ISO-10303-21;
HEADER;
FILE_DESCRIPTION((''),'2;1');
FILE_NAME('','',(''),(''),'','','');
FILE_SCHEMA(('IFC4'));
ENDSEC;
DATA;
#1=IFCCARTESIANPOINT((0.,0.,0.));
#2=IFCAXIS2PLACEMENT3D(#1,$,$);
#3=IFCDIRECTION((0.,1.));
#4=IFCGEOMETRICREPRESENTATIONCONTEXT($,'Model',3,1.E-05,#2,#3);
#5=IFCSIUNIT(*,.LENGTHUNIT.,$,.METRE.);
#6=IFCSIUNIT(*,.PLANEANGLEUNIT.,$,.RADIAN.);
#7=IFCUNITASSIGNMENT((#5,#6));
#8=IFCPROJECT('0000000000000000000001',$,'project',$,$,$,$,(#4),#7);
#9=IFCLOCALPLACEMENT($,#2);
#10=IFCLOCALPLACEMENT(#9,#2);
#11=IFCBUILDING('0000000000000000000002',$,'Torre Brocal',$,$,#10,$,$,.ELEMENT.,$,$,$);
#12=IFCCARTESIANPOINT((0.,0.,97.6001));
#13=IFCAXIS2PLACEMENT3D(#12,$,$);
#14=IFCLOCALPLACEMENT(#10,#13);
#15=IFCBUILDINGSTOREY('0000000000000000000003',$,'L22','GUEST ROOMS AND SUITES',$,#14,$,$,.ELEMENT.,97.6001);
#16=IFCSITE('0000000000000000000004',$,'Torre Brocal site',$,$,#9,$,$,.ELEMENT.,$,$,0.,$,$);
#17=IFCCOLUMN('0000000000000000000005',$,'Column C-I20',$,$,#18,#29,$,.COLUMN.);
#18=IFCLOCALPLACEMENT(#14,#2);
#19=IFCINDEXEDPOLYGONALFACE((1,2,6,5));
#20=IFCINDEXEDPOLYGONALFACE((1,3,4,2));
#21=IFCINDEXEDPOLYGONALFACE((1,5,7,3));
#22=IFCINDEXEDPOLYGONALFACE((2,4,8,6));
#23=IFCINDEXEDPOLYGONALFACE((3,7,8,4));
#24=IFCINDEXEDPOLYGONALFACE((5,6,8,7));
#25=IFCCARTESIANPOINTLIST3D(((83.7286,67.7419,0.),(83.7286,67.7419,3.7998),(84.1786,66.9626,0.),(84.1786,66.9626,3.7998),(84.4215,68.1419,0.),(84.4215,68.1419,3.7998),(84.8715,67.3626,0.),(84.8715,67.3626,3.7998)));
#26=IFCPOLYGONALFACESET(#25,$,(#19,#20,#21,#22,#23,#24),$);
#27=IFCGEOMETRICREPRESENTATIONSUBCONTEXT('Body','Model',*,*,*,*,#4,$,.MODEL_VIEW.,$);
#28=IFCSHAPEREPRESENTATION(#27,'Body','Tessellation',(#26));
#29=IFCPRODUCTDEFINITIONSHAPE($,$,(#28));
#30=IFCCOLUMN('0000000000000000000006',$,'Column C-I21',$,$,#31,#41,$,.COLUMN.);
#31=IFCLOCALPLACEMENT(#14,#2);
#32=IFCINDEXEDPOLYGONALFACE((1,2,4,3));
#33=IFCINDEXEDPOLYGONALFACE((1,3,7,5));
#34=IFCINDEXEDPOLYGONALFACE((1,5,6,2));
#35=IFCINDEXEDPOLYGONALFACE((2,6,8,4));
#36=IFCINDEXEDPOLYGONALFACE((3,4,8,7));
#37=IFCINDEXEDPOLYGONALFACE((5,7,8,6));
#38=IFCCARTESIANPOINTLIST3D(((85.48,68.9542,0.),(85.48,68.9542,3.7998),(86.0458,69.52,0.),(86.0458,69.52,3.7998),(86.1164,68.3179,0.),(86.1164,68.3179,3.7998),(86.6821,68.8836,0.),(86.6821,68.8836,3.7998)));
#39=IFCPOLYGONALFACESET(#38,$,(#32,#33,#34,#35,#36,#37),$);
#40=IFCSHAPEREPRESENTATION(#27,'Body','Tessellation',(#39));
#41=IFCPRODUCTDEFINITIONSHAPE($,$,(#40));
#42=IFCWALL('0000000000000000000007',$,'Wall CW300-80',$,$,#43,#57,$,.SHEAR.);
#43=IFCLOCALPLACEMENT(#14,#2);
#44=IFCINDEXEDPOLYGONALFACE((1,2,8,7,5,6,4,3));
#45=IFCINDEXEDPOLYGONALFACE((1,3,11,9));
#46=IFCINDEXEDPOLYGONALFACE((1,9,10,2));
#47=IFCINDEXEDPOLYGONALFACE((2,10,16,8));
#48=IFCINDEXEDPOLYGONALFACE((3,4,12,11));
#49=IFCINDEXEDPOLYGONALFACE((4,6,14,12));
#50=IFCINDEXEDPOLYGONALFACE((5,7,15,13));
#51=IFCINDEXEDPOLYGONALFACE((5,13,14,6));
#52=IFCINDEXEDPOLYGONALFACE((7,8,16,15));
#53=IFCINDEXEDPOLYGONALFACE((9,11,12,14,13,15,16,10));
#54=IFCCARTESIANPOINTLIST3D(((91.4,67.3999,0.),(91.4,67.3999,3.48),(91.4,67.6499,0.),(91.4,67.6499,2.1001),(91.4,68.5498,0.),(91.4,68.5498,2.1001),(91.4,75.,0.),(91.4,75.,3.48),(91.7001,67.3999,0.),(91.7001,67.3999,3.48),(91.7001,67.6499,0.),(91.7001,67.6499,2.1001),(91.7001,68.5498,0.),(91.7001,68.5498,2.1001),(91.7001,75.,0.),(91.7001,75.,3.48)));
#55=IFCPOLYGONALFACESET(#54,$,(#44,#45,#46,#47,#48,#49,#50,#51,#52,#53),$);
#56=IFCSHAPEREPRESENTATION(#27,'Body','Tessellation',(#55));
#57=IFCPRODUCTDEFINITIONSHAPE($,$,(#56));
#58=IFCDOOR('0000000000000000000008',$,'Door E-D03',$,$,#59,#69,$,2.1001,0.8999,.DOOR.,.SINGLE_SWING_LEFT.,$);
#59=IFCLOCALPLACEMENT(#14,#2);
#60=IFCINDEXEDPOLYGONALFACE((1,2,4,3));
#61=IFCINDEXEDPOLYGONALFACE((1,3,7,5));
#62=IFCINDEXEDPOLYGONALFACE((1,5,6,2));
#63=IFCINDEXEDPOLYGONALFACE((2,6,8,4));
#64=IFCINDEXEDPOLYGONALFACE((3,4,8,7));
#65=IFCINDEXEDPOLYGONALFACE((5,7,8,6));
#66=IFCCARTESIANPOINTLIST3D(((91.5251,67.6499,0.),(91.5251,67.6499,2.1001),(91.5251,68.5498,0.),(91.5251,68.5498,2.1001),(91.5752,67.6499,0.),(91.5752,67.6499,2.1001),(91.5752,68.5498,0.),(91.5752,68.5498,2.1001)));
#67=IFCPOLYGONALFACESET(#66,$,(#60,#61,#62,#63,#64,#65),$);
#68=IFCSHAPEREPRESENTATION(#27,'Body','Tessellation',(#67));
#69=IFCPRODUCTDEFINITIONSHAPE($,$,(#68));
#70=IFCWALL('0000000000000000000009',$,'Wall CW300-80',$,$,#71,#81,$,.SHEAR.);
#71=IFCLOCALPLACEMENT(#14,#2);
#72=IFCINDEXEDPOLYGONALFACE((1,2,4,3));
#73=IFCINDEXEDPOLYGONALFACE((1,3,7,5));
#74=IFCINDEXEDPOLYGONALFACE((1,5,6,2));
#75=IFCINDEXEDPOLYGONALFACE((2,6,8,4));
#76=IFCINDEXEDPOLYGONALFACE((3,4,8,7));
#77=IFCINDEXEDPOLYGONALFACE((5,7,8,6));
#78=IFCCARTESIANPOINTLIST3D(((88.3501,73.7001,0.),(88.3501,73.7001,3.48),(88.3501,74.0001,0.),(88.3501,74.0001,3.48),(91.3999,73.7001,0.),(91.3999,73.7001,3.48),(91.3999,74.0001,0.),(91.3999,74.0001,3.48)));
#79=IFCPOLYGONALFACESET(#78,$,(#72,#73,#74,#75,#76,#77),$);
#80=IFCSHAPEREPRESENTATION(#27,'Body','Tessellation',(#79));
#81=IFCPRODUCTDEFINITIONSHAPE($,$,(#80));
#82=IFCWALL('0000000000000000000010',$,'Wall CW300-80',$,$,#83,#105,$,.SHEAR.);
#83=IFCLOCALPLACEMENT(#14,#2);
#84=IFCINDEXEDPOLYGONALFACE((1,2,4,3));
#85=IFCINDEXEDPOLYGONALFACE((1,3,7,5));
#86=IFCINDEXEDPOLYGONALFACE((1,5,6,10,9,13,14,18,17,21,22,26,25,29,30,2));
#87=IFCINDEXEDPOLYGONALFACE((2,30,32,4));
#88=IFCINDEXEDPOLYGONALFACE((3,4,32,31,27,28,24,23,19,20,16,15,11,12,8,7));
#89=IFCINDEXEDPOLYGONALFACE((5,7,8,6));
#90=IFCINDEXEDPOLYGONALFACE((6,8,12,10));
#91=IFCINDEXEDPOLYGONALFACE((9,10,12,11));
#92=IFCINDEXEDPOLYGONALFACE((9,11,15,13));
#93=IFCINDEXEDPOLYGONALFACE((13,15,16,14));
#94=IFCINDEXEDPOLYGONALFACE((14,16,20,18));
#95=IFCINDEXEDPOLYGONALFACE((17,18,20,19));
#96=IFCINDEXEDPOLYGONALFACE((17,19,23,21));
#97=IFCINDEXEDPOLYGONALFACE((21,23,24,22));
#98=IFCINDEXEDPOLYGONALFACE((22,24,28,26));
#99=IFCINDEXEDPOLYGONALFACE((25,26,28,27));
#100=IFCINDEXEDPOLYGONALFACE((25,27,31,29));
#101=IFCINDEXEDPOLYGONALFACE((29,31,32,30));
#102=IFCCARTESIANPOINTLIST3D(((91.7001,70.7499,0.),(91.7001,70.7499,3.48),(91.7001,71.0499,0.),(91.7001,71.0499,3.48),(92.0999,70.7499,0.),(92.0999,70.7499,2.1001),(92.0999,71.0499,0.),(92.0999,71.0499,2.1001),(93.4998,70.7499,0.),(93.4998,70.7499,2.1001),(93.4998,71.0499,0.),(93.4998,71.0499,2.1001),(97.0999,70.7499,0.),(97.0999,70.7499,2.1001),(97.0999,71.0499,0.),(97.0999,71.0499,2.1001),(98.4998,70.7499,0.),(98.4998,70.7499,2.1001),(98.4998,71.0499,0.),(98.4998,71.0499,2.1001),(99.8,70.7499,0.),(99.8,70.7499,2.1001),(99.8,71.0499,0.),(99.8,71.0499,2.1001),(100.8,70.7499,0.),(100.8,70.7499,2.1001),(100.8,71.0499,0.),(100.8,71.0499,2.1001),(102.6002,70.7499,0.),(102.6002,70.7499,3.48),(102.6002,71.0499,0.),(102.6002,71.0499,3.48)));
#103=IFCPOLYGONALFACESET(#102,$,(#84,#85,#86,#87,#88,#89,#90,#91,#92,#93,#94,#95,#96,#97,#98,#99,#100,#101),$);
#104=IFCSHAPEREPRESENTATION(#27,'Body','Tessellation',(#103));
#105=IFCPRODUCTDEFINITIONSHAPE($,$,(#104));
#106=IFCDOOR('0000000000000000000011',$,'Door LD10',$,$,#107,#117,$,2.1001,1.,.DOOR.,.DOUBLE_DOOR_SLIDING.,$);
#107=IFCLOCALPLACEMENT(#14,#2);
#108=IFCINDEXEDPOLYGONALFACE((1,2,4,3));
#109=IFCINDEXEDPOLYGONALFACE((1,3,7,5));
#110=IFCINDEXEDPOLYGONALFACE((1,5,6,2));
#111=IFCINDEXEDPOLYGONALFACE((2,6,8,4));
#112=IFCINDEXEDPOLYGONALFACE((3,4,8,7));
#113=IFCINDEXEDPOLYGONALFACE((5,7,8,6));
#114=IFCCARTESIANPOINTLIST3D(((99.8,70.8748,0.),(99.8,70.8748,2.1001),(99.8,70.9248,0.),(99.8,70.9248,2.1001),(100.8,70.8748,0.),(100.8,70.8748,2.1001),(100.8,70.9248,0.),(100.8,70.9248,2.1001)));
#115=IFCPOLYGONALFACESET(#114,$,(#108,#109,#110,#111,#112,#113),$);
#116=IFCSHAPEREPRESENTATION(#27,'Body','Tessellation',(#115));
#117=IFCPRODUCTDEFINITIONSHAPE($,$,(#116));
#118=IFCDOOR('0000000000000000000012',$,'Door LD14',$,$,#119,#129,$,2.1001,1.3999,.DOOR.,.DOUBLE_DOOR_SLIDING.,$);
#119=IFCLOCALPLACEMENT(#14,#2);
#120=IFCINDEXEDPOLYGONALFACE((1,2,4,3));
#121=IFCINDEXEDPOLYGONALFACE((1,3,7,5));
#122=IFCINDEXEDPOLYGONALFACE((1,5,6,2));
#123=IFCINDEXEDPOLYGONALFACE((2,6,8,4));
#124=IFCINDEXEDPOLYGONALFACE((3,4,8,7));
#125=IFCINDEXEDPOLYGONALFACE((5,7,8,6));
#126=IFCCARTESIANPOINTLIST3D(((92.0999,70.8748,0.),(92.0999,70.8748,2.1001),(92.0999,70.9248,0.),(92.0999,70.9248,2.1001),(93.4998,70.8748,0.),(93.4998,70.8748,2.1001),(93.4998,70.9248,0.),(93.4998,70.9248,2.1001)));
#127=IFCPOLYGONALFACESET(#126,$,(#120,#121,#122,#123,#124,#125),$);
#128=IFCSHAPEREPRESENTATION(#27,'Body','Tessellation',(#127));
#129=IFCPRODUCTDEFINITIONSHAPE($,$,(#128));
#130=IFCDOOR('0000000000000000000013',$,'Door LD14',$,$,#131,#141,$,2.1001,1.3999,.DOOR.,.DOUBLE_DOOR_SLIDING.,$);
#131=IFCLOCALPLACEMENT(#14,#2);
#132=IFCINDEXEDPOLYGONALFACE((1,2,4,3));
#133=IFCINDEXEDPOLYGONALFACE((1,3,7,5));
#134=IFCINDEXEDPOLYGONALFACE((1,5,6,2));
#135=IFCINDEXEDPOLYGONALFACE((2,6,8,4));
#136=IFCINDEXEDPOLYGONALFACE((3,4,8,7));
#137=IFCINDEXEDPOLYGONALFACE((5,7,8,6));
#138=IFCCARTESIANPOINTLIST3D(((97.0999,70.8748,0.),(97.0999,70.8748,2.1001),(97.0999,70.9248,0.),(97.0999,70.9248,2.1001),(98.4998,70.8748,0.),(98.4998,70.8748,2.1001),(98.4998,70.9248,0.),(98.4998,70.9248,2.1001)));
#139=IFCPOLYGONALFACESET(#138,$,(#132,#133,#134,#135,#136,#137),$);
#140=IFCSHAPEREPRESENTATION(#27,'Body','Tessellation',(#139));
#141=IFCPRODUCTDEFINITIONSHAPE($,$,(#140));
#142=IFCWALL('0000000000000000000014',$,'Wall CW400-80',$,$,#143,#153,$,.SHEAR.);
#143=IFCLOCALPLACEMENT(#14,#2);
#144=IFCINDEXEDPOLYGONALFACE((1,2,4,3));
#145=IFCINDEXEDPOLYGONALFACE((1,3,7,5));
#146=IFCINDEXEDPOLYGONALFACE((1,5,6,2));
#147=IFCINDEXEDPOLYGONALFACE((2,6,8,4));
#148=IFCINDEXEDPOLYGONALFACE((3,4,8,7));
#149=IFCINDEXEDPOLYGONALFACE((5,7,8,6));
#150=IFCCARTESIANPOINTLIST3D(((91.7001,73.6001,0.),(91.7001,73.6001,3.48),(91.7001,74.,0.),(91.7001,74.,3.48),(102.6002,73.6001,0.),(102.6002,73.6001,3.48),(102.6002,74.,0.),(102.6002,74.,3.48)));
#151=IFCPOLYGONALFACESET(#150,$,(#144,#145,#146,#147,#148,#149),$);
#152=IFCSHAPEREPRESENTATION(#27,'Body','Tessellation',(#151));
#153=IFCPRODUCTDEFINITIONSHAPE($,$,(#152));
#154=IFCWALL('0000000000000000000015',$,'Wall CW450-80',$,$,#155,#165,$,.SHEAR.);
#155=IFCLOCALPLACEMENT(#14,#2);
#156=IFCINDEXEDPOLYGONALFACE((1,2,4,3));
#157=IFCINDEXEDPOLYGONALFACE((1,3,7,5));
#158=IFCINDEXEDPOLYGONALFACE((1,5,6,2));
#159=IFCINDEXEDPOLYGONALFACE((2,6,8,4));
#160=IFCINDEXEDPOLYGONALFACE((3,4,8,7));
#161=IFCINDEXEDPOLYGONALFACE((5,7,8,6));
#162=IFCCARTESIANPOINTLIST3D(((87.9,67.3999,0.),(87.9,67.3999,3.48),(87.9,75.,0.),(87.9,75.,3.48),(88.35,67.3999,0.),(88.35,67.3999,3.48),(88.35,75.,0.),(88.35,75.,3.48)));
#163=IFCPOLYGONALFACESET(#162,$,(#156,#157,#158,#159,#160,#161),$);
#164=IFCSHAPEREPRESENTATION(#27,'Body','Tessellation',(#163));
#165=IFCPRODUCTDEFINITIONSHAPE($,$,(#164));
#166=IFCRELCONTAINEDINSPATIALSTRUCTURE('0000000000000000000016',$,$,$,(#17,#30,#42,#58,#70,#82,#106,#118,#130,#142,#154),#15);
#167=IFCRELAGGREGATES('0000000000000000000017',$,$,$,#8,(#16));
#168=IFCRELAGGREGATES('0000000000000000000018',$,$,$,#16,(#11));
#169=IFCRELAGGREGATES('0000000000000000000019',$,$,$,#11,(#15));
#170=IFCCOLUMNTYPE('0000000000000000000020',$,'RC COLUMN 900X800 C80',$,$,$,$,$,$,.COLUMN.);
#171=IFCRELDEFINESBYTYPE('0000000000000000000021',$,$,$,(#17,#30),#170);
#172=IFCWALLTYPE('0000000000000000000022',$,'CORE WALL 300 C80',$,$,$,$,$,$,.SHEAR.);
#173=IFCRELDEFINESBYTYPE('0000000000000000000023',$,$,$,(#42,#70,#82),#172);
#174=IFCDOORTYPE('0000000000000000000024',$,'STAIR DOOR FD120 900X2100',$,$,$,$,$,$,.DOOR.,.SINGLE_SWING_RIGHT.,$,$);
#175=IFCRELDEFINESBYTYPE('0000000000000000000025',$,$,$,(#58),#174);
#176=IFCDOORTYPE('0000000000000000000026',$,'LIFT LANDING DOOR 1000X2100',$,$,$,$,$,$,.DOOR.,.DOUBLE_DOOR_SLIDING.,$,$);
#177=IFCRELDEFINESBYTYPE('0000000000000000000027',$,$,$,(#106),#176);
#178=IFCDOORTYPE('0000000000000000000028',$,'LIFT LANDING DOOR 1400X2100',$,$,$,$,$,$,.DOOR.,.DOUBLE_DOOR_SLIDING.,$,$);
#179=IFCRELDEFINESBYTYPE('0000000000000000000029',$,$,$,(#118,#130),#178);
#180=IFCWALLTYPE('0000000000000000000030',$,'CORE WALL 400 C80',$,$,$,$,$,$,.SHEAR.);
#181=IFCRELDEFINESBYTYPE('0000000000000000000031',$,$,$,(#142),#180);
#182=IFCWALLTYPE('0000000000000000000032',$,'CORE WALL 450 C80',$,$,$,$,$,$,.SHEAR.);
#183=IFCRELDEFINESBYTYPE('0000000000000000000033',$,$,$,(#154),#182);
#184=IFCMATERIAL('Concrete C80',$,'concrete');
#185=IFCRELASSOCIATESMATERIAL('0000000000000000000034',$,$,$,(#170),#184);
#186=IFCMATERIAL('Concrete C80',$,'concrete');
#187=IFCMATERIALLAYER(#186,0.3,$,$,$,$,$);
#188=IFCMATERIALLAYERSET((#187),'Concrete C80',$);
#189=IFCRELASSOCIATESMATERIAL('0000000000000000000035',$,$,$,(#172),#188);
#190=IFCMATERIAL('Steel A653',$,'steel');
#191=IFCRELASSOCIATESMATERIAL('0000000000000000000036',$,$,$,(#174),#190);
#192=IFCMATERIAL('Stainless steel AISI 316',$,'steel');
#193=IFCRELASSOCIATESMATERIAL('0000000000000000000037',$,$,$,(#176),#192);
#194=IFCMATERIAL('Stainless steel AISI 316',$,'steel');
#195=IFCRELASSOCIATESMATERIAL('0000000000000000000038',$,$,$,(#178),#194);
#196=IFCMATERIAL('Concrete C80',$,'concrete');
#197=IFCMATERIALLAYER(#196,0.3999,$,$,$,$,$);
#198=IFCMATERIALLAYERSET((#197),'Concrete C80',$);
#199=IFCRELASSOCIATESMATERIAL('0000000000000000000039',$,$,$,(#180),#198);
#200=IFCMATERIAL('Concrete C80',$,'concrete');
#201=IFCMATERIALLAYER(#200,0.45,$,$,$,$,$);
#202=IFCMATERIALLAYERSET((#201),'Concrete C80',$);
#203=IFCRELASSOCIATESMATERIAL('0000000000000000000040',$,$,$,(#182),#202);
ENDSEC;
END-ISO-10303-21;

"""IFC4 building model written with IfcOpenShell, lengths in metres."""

from ifc_helpers import new_model, si_unit, direction, frame, frame_2d, origin, origin_2d, place, context, subcontext, project, spatial, rectangle, extrude, material, layer, layer_set, material_profile, profile_set, type_object, element, fill, save


model = new_model("IFC4")

# Units and contexts
model_context = context("Model", 3, precision=1e-05, world=origin(), true_north=direction((0.0, 1.0)))
body_context = subcontext(model_context, "Body", "Model", "MODEL_VIEW")
ifc_project = project(units=[si_unit("LENGTHUNIT", "METRE"), si_unit("PLANEANGLEUNIT", "RADIAN")], contexts=[model_context])

# Site, building, storey
site_placement = place(None, origin())
site = spatial("IfcSite", under=ifc_project, at=site_placement, Name="Torre Brocal site", CompositionType="ELEMENT", RefElevation=0.0)
building_placement = place(site_placement, origin())
building = spatial("IfcBuilding", under=site, at=building_placement, Name="Torre Brocal", CompositionType="ELEMENT")
storey_placement = place(building_placement, frame((0.0, 0.0, 97.6001)))
storey = spatial("IfcBuildingStorey", under=building, at=storey_placement, Name="L22", Description="GUEST ROOMS AND SUITES", CompositionType="ELEMENT", Elevation=97.6001)

# Columns
ifc_material_1 = material(Name="Concrete C80", Category="concrete")
ifc_material_profile = material_profile(ifc_material_1, rectangle(XDim=0.8999, YDim=0.8, at=origin_2d()), Name="RC 900X800")
ifc_profile_set = profile_set([ifc_material_profile], Name="Concrete C80")
column_type = type_object("IfcColumnType", Name="RC COLUMN 900X800 C80", PredefinedType="COLUMN", material=ifc_profile_set)
for number, where, z_axis, x_axis, name in (
    (1, (84.3, 67.5522, 0.0), (0.0, 0.0, 1.0), (0.5, -0.866025, 0.0), "Column C-I20"),
    (2, (86.0811, 68.9189, 0.0), (0.0, 0.0, 1.0), (0.707107, -0.707107, 0.0), "Column C-I21"),
):
    element("IfcColumn", number, at=place(storey_placement, frame(where, z_axis=z_axis, x_axis=x_axis)), inside=storey, type_object=column_type, Name=name, PredefinedType="COLUMN", context=body_context, shape_type="SweptSolid", body=[
        extrude(rectangle(XDim=0.8999, YDim=0.8, at=origin_2d()), origin(), (0.0, 0.0, 1.0), 3.7998),
    ])

# Wall, opening, door
ifc_material_2 = material(Name="Concrete C80", Category="concrete")
ifc_layer_1 = layer(ifc_material_2, 0.3)
ifc_layer_set_1 = layer_set([ifc_layer_1], Name="Concrete C80")
wall_type_1 = type_object("IfcWallType", Name="CORE WALL 300 C80", PredefinedType="SHEAR", material=ifc_layer_set_1)
wall_1_placement = place(storey_placement, frame((91.55, 67.3999, 0.0), z_axis=(0.0, 0.0, 1.0), x_axis=(0.0, 1.0, 0.0)))
wall_1 = element("IfcWall", 3, at=wall_1_placement, inside=storey, type_object=wall_type_1, Name="Wall CW300-80", PredefinedType="SHEAR", context=body_context, shape_type="SweptSolid", body=[
    extrude(rectangle(XDim=7.6001, YDim=0.3, at=frame_2d((3.8, 0.0))), origin(), (0.0, 0.0, 1.0), 3.48),
])
opening_1_placement = place(wall_1_placement, frame((0.25, 0.0, 0.0)))
opening_1 = element("IfcOpeningElement", 4, at=opening_1_placement, cuts=wall_1, PredefinedType="OPENING", context=body_context, shape_type="SweptSolid", body=[
    extrude(rectangle(XDim=0.8999, YDim=2.1001, at=frame_2d((0.45, 1.05))), frame((0.0, 0.1599, 0.0), z_axis=(0.0, -1.0, 0.0), x_axis=(1.0, 0.0, 0.0)), (0.0, 0.0, 1.0), 0.3201),
])
ifc_material_3 = material(Name="Steel A653", Category="steel")
door_type_1 = type_object("IfcDoorType", Name="STAIR DOOR FD120 900X2100", OperationType="SINGLE_SWING_RIGHT", PredefinedType="DOOR", material=ifc_material_3)
door_1_placement = place(opening_1_placement, origin())
door_1 = element("IfcDoor", 5, at=door_1_placement, inside=storey, type_object=door_type_1, Name="Door E-D03", OperationType="SINGLE_SWING_LEFT", OverallHeight=2.1001, OverallWidth=0.8999, PredefinedType="DOOR", context=body_context, shape_type="SweptSolid", body=[
    extrude(rectangle(XDim=0.8999, YDim=2.1001, at=frame_2d((0.45, 1.05))), frame((0.0, 0.0249, 0.0), z_axis=(0.0, -1.0, 0.0), x_axis=(1.0, 0.0, 0.0)), (0.0, 0.0, 1.0), 0.05),
])
fill(opening_1, door_1)

# Wall
wall_2_placement = place(storey_placement, frame((88.3501, 73.8501, 0.0), z_axis=(0.0, 0.0, 1.0), x_axis=(1.0, 0.0, 0.0)))
element("IfcWall", 6, at=wall_2_placement, inside=storey, type_object=wall_type_1, Name="Wall CW300-80", PredefinedType="SHEAR", context=body_context, shape_type="SweptSolid", body=[
    extrude(rectangle(XDim=3.0498, YDim=0.3, at=frame_2d((1.5249, 0.0))), origin(), (0.0, 0.0, 1.0), 3.48),
])

# Wall, openings, doors
wall_3_placement = place(storey_placement, frame((91.7, 70.8999, 0.0), z_axis=(0.0, 0.0, 1.0), x_axis=(1.0, 0.0, 0.0)))
wall_3 = element("IfcWall", 7, at=wall_3_placement, inside=storey, type_object=wall_type_1, Name="Wall CW300-80", PredefinedType="SHEAR", context=body_context, shape_type="SweptSolid", body=[
    extrude(rectangle(XDim=10.9001, YDim=0.3, at=frame_2d((5.4502, 0.0))), origin(), (0.0, 0.0, 1.0), 3.48),
])
opening_2_placement = place(wall_3_placement, frame((0.3999, 0.0, 0.0)))
opening_2 = element("IfcOpeningElement", 8, at=opening_2_placement, cuts=wall_3, PredefinedType="OPENING", context=body_context, shape_type="SweptSolid", body=[
    extrude(rectangle(XDim=1.3999, YDim=2.1001, at=frame_2d((0.7, 1.05))), frame((0.0, 0.1599, 0.0), z_axis=(0.0, -1.0, 0.0), x_axis=(1.0, 0.0, 0.0)), (0.0, 0.0, 1.0), 0.3201),
])
opening_3_placement = place(wall_3_placement, frame((5.3999, 0.0, 0.0)))
opening_3 = element("IfcOpeningElement", 9, at=opening_3_placement, cuts=wall_3, PredefinedType="OPENING", context=body_context, shape_type="SweptSolid", body=[
    extrude(rectangle(XDim=1.3999, YDim=2.1001, at=frame_2d((0.7, 1.05))), frame((0.0, 0.1599, 0.0), z_axis=(0.0, -1.0, 0.0), x_axis=(1.0, 0.0, 0.0)), (0.0, 0.0, 1.0), 0.3201),
])
opening_4_placement = place(wall_3_placement, frame((8.1001, 0.0, 0.0)))
opening_4 = element("IfcOpeningElement", 10, at=opening_4_placement, cuts=wall_3, PredefinedType="OPENING", context=body_context, shape_type="SweptSolid", body=[
    extrude(rectangle(XDim=1.0, YDim=2.1001, at=frame_2d((0.5, 1.05))), frame((0.0, 0.1599, 0.0), z_axis=(0.0, -1.0, 0.0), x_axis=(1.0, 0.0, 0.0)), (0.0, 0.0, 1.0), 0.3201),
])
ifc_material_4 = material(Name="Stainless steel AISI 316", Category="steel")
door_type_2 = type_object("IfcDoorType", Name="LIFT LANDING DOOR 1000X2100", OperationType="DOUBLE_DOOR_SLIDING", PredefinedType="DOOR", material=ifc_material_4)
door_2_placement = place(opening_4_placement, origin())
door_2 = element("IfcDoor", 11, at=door_2_placement, inside=storey, type_object=door_type_2, Name="Door LD10", OperationType="DOUBLE_DOOR_SLIDING", OverallHeight=2.1001, OverallWidth=1.0, PredefinedType="DOOR", context=body_context, shape_type="SweptSolid", body=[
    extrude(rectangle(XDim=1.0, YDim=2.1001, at=frame_2d((0.5, 1.05))), frame((0.0, 0.0249, 0.0), z_axis=(0.0, -1.0, 0.0), x_axis=(1.0, 0.0, 0.0)), (0.0, 0.0, 1.0), 0.05),
])
fill(opening_4, door_2)
ifc_material_5 = material(Name="Stainless steel AISI 316", Category="steel")
door_type_3 = type_object("IfcDoorType", Name="LIFT LANDING DOOR 1400X2100", OperationType="DOUBLE_DOOR_SLIDING", PredefinedType="DOOR", material=ifc_material_5)
door_3_placement = place(opening_2_placement, origin())
door_3 = element("IfcDoor", 12, at=door_3_placement, inside=storey, type_object=door_type_3, Name="Door LD14", OperationType="DOUBLE_DOOR_SLIDING", OverallHeight=2.1001, OverallWidth=1.3999, PredefinedType="DOOR", context=body_context, shape_type="SweptSolid", body=[
    extrude(rectangle(XDim=1.3999, YDim=2.1001, at=frame_2d((0.7, 1.05))), frame((0.0, 0.0249, 0.0), z_axis=(0.0, -1.0, 0.0), x_axis=(1.0, 0.0, 0.0)), (0.0, 0.0, 1.0), 0.05),
])
fill(opening_2, door_3)
door_4_placement = place(opening_3_placement, origin())
door_4 = element("IfcDoor", 13, at=door_4_placement, inside=storey, type_object=door_type_3, Name="Door LD14", OperationType="DOUBLE_DOOR_SLIDING", OverallHeight=2.1001, OverallWidth=1.3999, PredefinedType="DOOR", context=body_context, shape_type="SweptSolid", body=[
    extrude(rectangle(XDim=1.3999, YDim=2.1001, at=frame_2d((0.7, 1.05))), frame((0.0, 0.0249, 0.0), z_axis=(0.0, -1.0, 0.0), x_axis=(1.0, 0.0, 0.0)), (0.0, 0.0, 1.0), 0.05),
])
fill(opening_3, door_4)

# Walls
ifc_material_6 = material(Name="Concrete C80", Category="concrete")
ifc_layer_2 = layer(ifc_material_6, 0.3999)
ifc_layer_set_2 = layer_set([ifc_layer_2], Name="Concrete C80")
wall_type_2 = type_object("IfcWallType", Name="CORE WALL 400 C80", PredefinedType="SHEAR", material=ifc_layer_set_2)
wall_4_placement = place(storey_placement, frame((91.7, 73.8, 0.0), z_axis=(0.0, 0.0, 1.0), x_axis=(1.0, 0.0, 0.0)))
element("IfcWall", 14, at=wall_4_placement, inside=storey, type_object=wall_type_2, Name="Wall CW400-80", PredefinedType="SHEAR", context=body_context, shape_type="SweptSolid", body=[
    extrude(rectangle(XDim=10.9001, YDim=0.3999, at=frame_2d((5.4502, 0.0))), origin(), (0.0, 0.0, 1.0), 3.48),
])
ifc_material_7 = material(Name="Concrete C80", Category="concrete")
ifc_layer_3 = layer(ifc_material_7, 0.45)
ifc_layer_set_3 = layer_set([ifc_layer_3], Name="Concrete C80")
wall_type_3 = type_object("IfcWallType", Name="CORE WALL 450 C80", PredefinedType="SHEAR", material=ifc_layer_set_3)
wall_5_placement = place(storey_placement, frame((88.125, 67.3999, 0.0), z_axis=(0.0, 0.0, 1.0), x_axis=(0.0, 1.0, 0.0)))
element("IfcWall", 15, at=wall_5_placement, inside=storey, type_object=wall_type_3, Name="Wall CW450-80", PredefinedType="SHEAR", context=body_context, shape_type="SweptSolid", body=[
    extrude(rectangle(XDim=7.6001, YDim=0.45, at=frame_2d((3.8, 0.0))), origin(), (0.0, 0.0, 1.0), 3.48),
])

save(model, "model.ifc")
